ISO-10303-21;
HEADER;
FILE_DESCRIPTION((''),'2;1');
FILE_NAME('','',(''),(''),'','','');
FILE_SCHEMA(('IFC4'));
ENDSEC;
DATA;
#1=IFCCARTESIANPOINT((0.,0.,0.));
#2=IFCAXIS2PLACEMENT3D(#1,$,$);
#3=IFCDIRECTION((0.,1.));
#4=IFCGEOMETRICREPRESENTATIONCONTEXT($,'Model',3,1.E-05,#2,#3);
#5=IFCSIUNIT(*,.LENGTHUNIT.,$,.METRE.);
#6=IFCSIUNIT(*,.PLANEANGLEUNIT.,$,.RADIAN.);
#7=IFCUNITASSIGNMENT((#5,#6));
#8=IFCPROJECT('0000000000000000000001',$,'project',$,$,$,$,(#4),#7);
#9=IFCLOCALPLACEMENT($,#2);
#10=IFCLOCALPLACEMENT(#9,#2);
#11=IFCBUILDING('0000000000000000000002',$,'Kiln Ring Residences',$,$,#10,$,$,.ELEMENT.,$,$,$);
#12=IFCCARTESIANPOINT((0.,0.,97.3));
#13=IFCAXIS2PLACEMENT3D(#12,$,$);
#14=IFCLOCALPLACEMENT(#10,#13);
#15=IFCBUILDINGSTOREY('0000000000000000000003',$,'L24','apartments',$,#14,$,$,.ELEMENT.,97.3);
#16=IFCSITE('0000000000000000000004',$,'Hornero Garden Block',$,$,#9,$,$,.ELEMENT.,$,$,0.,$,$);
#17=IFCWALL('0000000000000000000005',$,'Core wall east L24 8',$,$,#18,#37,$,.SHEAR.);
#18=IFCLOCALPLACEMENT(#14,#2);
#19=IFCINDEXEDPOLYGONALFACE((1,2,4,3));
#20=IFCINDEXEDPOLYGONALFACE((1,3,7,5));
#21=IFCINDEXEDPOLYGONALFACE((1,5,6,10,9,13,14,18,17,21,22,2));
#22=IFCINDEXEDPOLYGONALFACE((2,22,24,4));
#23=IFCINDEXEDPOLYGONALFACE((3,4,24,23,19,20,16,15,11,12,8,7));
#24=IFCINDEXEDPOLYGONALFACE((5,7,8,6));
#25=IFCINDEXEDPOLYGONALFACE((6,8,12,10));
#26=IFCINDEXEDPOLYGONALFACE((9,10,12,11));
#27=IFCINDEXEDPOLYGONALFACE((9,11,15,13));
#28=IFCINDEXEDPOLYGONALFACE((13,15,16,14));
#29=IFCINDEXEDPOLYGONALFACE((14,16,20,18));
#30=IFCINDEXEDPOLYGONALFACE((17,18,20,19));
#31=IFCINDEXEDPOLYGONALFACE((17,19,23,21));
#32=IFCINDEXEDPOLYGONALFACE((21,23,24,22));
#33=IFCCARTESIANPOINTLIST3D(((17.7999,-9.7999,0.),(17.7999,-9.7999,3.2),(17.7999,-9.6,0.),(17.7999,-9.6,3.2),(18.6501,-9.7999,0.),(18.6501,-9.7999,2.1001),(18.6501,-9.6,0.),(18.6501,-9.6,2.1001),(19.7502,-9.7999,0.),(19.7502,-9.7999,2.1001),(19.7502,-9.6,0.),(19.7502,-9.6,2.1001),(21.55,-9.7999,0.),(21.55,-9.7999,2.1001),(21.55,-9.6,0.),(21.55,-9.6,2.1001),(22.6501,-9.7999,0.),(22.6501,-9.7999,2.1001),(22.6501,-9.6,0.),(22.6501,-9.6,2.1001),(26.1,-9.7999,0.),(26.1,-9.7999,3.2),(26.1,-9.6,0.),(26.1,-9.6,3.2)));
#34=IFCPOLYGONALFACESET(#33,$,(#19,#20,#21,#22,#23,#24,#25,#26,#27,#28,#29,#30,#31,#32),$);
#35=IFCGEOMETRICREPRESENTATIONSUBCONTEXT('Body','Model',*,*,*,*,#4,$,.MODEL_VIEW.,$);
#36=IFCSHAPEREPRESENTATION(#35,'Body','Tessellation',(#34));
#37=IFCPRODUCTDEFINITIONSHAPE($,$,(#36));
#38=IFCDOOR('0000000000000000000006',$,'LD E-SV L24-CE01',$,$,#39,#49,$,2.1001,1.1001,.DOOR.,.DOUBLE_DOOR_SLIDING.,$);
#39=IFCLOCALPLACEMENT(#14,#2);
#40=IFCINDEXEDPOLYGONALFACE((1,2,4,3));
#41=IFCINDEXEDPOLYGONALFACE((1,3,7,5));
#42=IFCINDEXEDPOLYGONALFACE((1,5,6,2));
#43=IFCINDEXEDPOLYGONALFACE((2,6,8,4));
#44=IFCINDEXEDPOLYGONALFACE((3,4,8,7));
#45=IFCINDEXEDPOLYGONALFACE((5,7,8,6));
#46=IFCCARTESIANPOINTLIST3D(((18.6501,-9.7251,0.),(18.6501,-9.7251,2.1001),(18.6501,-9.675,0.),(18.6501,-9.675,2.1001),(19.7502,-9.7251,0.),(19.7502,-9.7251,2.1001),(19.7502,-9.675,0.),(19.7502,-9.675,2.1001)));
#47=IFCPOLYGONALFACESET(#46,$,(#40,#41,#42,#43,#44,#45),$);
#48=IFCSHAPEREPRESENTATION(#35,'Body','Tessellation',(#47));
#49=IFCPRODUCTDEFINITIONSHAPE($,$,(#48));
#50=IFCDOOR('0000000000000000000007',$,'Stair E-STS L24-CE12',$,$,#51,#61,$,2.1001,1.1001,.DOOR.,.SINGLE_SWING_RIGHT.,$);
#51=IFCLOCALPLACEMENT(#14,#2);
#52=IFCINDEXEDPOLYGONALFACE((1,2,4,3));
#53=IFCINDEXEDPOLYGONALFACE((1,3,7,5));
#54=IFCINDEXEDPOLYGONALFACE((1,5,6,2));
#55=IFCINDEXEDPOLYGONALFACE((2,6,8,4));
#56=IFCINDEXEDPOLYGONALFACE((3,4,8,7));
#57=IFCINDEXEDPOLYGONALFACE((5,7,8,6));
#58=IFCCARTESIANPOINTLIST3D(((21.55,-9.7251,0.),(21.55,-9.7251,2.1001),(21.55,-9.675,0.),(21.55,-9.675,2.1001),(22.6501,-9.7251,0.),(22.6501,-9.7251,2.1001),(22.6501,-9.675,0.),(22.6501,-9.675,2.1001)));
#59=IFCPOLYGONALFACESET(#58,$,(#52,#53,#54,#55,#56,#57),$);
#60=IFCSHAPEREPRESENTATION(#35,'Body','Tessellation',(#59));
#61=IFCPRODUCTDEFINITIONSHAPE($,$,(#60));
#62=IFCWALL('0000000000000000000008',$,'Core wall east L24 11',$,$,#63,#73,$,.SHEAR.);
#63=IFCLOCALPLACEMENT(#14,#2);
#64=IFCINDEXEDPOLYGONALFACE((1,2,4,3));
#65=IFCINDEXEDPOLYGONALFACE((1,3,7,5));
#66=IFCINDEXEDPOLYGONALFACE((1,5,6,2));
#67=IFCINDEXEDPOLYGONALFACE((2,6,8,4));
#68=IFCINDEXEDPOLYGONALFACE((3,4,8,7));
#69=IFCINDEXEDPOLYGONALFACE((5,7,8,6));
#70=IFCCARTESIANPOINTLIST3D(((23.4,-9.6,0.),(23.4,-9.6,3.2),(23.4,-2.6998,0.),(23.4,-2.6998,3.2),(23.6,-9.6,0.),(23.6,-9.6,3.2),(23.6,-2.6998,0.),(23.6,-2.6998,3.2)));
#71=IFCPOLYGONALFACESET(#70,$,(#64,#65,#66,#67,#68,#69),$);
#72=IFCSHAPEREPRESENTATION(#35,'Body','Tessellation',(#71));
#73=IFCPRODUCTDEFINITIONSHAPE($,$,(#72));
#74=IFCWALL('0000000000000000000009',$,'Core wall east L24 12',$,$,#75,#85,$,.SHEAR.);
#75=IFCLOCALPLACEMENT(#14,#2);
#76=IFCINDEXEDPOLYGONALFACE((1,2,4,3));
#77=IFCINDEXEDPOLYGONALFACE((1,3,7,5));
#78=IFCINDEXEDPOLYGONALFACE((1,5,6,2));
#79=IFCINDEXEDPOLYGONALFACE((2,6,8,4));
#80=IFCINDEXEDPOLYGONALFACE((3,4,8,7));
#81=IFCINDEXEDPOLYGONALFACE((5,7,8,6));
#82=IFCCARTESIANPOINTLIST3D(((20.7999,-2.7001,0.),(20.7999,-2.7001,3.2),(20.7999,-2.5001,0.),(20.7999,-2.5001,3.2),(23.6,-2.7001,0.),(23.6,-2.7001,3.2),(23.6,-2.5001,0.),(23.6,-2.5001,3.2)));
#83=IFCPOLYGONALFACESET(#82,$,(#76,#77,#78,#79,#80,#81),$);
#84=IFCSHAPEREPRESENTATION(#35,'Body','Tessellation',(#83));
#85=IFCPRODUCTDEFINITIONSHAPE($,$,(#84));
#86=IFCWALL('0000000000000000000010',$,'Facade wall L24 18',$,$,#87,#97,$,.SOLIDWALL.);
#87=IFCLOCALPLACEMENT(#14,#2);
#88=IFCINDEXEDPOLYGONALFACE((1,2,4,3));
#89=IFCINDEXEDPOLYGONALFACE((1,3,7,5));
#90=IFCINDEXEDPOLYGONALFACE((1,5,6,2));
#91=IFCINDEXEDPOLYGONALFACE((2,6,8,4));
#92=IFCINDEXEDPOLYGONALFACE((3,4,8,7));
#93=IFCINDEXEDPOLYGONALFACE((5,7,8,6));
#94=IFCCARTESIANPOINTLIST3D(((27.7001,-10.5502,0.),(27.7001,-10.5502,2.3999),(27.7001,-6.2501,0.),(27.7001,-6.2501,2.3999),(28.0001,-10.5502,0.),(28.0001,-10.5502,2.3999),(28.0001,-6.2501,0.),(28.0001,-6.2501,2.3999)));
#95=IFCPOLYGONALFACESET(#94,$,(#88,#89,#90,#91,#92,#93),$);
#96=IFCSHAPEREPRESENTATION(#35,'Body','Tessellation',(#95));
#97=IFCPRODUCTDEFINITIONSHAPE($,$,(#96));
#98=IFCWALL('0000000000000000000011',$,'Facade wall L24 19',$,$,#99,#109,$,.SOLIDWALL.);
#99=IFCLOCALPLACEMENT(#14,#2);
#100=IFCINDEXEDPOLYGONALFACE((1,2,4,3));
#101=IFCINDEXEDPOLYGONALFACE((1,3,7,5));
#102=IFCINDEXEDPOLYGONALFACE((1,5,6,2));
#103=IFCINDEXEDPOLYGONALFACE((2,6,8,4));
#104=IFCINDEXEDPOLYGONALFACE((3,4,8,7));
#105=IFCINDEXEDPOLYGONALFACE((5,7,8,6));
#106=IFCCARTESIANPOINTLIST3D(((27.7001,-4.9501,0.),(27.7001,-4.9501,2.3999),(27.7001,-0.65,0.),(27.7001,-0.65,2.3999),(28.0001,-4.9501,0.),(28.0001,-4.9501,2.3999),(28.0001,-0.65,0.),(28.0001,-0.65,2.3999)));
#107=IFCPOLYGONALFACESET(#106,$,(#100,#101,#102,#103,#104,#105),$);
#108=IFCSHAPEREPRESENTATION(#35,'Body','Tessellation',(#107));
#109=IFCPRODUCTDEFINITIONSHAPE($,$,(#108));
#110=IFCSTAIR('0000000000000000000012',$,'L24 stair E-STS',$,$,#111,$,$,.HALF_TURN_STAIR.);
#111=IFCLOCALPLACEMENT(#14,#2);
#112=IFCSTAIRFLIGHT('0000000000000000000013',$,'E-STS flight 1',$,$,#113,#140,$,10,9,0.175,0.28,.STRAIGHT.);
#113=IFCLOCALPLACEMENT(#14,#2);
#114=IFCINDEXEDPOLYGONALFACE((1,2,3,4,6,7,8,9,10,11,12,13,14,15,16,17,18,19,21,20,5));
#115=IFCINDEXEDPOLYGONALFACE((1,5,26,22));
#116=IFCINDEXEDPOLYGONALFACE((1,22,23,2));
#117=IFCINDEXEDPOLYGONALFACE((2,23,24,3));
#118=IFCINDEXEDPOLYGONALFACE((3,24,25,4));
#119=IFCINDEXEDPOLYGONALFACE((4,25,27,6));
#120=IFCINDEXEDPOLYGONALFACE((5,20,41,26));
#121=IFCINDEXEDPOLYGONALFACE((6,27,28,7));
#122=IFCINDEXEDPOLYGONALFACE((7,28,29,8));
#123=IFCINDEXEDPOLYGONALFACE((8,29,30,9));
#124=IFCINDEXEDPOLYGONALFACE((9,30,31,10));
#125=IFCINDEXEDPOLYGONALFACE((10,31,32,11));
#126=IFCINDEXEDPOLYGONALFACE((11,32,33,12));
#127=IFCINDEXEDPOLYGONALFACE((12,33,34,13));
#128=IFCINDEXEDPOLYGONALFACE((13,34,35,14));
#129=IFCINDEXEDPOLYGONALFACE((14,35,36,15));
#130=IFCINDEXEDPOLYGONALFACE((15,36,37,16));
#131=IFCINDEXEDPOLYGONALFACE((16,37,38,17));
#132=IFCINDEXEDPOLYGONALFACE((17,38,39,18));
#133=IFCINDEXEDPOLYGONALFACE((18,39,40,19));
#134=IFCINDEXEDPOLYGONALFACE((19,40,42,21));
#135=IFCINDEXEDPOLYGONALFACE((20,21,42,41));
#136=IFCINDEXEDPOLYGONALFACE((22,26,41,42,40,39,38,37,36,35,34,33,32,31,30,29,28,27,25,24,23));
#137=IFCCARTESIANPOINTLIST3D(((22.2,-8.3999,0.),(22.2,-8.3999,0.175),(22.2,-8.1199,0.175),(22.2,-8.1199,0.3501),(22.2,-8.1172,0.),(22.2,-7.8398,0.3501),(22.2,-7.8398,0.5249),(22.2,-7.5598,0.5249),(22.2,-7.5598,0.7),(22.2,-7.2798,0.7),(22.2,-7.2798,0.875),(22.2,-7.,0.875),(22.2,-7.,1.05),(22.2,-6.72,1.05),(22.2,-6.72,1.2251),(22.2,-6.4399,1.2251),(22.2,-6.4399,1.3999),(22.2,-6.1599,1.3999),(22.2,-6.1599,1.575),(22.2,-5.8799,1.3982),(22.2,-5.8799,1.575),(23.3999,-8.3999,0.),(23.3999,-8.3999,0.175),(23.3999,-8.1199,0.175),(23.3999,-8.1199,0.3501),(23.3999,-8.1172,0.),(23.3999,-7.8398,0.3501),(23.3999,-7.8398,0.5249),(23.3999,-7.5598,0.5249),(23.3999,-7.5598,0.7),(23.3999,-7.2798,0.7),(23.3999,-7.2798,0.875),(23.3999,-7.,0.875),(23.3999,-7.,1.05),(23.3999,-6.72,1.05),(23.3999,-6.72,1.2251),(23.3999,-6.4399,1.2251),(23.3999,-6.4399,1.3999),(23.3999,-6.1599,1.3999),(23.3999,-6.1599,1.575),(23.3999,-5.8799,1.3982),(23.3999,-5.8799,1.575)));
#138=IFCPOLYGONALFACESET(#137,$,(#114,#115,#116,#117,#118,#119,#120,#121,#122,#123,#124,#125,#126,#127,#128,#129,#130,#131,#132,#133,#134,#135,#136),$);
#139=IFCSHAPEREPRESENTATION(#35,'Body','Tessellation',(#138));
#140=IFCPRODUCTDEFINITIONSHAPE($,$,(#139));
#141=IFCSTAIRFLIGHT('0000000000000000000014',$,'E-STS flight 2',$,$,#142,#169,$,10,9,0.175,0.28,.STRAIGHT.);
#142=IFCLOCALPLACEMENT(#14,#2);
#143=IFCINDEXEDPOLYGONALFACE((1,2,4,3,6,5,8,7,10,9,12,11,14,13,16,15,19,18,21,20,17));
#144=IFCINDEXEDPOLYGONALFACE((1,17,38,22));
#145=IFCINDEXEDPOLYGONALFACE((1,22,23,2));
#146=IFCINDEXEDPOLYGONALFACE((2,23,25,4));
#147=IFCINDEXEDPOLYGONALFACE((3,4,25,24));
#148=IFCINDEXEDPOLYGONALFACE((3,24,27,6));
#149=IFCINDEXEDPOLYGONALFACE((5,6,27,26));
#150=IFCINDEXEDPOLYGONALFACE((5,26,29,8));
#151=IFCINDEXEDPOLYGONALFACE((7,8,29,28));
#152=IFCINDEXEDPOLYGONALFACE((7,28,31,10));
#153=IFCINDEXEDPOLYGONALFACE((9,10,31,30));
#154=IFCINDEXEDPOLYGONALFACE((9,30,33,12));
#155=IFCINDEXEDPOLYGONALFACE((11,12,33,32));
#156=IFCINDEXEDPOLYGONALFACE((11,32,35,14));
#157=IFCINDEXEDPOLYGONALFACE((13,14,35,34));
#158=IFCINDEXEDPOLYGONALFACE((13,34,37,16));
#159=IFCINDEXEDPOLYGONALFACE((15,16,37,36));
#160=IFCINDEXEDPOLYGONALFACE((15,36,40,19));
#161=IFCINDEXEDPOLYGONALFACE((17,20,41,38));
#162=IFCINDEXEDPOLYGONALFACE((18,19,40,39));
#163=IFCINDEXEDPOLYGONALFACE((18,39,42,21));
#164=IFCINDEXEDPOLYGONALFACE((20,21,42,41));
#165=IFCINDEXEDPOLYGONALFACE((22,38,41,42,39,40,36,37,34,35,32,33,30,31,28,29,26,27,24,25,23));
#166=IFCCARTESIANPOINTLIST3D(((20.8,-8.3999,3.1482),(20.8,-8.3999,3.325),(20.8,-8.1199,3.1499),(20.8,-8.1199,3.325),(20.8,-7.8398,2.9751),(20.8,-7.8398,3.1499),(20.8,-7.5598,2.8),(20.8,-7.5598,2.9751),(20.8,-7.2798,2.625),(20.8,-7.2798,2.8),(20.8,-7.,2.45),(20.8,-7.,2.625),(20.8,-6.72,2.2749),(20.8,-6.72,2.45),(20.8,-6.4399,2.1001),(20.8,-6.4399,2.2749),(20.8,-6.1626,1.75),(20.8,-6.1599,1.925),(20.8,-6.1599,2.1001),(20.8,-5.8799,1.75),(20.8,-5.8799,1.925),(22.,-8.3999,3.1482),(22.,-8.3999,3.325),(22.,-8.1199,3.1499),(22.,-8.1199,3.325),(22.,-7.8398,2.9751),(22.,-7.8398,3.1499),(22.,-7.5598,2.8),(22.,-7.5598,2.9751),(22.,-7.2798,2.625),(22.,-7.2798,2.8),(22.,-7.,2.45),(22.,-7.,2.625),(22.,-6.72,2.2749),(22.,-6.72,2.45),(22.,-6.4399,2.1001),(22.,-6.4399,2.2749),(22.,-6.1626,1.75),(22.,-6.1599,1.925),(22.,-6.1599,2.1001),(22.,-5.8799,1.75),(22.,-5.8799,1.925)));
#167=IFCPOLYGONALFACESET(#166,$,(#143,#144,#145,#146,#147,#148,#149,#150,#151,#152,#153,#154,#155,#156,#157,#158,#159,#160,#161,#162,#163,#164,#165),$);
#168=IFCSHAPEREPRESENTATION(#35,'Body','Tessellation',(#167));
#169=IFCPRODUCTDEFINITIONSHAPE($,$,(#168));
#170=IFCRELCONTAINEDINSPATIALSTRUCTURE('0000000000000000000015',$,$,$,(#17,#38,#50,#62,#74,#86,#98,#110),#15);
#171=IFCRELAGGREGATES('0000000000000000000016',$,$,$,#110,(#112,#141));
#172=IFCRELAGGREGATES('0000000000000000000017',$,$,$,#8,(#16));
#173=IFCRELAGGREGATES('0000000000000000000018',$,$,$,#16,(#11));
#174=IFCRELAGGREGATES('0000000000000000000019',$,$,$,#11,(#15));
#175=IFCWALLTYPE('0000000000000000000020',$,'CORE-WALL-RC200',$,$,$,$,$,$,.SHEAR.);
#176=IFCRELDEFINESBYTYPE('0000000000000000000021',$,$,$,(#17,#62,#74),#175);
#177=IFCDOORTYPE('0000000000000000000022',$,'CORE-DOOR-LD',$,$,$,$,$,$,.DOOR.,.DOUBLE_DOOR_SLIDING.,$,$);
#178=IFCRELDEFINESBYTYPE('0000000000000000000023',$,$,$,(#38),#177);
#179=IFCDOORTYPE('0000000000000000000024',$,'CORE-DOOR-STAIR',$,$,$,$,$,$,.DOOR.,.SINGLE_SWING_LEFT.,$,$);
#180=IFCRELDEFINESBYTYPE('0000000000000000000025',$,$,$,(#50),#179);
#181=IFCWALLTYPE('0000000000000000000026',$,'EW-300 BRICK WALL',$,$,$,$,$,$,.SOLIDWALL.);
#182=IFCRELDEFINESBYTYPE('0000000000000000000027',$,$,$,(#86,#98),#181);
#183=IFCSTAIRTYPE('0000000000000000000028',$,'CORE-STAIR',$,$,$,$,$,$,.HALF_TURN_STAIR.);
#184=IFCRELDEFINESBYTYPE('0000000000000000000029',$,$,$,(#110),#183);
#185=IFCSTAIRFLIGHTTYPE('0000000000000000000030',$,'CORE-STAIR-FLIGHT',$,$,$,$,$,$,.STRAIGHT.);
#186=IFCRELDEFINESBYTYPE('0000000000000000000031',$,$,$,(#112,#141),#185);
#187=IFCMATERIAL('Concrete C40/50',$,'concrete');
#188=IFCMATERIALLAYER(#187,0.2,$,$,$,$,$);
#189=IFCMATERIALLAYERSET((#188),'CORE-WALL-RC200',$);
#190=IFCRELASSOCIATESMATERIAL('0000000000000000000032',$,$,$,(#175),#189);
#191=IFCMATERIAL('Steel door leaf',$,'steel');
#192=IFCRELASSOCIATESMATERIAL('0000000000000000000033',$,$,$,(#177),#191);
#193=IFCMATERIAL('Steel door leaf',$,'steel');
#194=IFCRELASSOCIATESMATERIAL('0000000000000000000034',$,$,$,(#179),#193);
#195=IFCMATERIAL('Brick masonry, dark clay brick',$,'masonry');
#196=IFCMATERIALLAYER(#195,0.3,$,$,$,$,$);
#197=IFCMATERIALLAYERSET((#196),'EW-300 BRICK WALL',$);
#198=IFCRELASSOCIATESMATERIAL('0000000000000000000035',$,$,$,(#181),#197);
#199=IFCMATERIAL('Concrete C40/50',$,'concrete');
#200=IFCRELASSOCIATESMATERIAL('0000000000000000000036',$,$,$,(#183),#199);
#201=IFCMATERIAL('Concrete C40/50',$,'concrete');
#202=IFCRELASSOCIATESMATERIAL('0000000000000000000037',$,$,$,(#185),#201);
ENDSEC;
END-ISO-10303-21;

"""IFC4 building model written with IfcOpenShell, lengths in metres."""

from ifc_helpers import new_model, si_unit, direction, frame, frame_2d, origin, place, context, subcontext, project, spatial, polyline, rectangle, outline, extrude, material, layer, layer_set, type_object, element, fill, aggregate, save


model = new_model("IFC4")

# Units and contexts
model_context = context("Model", 3, precision=1e-05, world=origin(), true_north=direction((0.0, 1.0)))
body_context = subcontext(model_context, "Body", "Model", "MODEL_VIEW")
ifc_project = project(units=[si_unit("LENGTHUNIT", "METRE"), si_unit("PLANEANGLEUNIT", "RADIAN")], contexts=[model_context])

# Site, building, storey
site_placement = place(None, origin())
site = spatial("IfcSite", under=ifc_project, at=site_placement, Name="Hornero Garden Block", CompositionType="ELEMENT", RefElevation=0.0)
building_placement = place(site_placement, origin())
building = spatial("IfcBuilding", under=site, at=building_placement, Name="Kiln Ring Residences", CompositionType="ELEMENT")
storey_placement = place(building_placement, frame((0.0, 0.0, 97.3)))
storey = spatial("IfcBuildingStorey", under=building, at=storey_placement, Name="L24", Description="apartments", CompositionType="ELEMENT", Elevation=97.3)

# Shared definitions
ifc_material_1 = material(Name="Concrete C40/50", Category="concrete")
ifc_layer_1 = layer(ifc_material_1, 0.2)
ifc_layer_set_1 = layer_set([ifc_layer_1], Name="CORE-WALL-RC200")
wall_type_1 = type_object("IfcWallType", Name="CORE-WALL-RC200", PredefinedType="SHEAR", material=ifc_layer_set_1)

# Wall, openings, doors
wall_1_placement = place(storey_placement, frame((17.8, -9.7, 0.0), z_axis=(0.0, 0.0, 1.0), x_axis=(1.0, 0.0, 0.0)))
wall_1 = element("IfcWall", 1, at=wall_1_placement, inside=storey, type_object=wall_type_1, Name="Core wall east L24 8", PredefinedType="SHEAR", context=body_context, shape_type="SweptSolid", body=[
    extrude(rectangle(XDim=8.3, YDim=0.2, at=frame_2d((4.1499, 0.0))), origin(), (0.0, 0.0, 1.0), 3.2),
])
opening_1_placement = place(wall_1_placement, frame((0.8501, 0.0, 0.0)))
opening_1 = element("IfcOpeningElement", 2, at=opening_1_placement, cuts=wall_1, PredefinedType="OPENING", context=body_context, shape_type="SweptSolid", body=[
    extrude(rectangle(XDim=1.1001, YDim=2.1001, at=frame_2d((0.55, 1.05))), frame((0.0, 0.1099, 0.0), z_axis=(0.0, -1.0, 0.0), x_axis=(1.0, 0.0, 0.0)), (0.0, 0.0, 1.0), 0.22),
])
opening_2_placement = place(wall_1_placement, frame((3.75, 0.0, 0.0)))
opening_2 = element("IfcOpeningElement", 3, at=opening_2_placement, cuts=wall_1, PredefinedType="OPENING", context=body_context, shape_type="SweptSolid", body=[
    extrude(rectangle(XDim=1.1001, YDim=2.1001, at=frame_2d((0.55, 1.05))), frame((0.0, 0.1099, 0.0), z_axis=(0.0, -1.0, 0.0), x_axis=(1.0, 0.0, 0.0)), (0.0, 0.0, 1.0), 0.22),
])
ifc_material_2 = material(Name="Steel door leaf", Category="steel")
door_type_1 = type_object("IfcDoorType", Name="CORE-DOOR-LD", OperationType="DOUBLE_DOOR_SLIDING", PredefinedType="DOOR", material=ifc_material_2)
door_1_placement = place(opening_1_placement, origin())
door_1 = element("IfcDoor", 4, at=door_1_placement, inside=storey, type_object=door_type_1, Name="LD E-SV L24-CE01", OperationType="DOUBLE_DOOR_SLIDING", OverallHeight=2.1001, OverallWidth=1.1001, PredefinedType="DOOR", context=body_context, shape_type="SweptSolid", body=[
    extrude(rectangle(XDim=1.1001, YDim=2.1001, at=frame_2d((0.55, 1.05))), frame((0.0, 0.0249, 0.0), z_axis=(0.0, -1.0, 0.0), x_axis=(1.0, 0.0, 0.0)), (0.0, 0.0, 1.0), 0.05),
])
fill(opening_1, door_1)
ifc_material_3 = material(Name="Steel door leaf", Category="steel")
door_type_2 = type_object("IfcDoorType", Name="CORE-DOOR-STAIR", OperationType="SINGLE_SWING_LEFT", PredefinedType="DOOR", material=ifc_material_3)
door_2_placement = place(opening_2_placement, origin())
door_2 = element("IfcDoor", 5, at=door_2_placement, inside=storey, type_object=door_type_2, Name="Stair E-STS L24-CE12", OperationType="SINGLE_SWING_RIGHT", OverallHeight=2.1001, OverallWidth=1.1001, PredefinedType="DOOR", context=body_context, shape_type="SweptSolid", body=[
    extrude(rectangle(XDim=1.1001, YDim=2.1001, at=frame_2d((0.55, 1.05))), frame((0.0, 0.0249, 0.0), z_axis=(0.0, -1.0, 0.0), x_axis=(1.0, 0.0, 0.0)), (0.0, 0.0, 1.0), 0.05),
])
fill(opening_2, door_2)

# Walls
wall_2_placement = place(storey_placement, frame((23.5, -9.6001, 0.0), z_axis=(0.0, 0.0, 1.0), x_axis=(0.0, 1.0, 0.0)))
element("IfcWall", 6, at=wall_2_placement, inside=storey, type_object=wall_type_1, Name="Core wall east L24 11", PredefinedType="SHEAR", context=body_context, shape_type="SweptSolid", body=[
    extrude(rectangle(XDim=6.9001, YDim=0.2, at=frame_2d((3.4502, 0.0))), origin(), (0.0, 0.0, 1.0), 3.2),
])
wall_3_placement = place(storey_placement, frame((20.8, -2.6001, 0.0), z_axis=(0.0, 0.0, 1.0), x_axis=(1.0, 0.0, 0.0)))
element("IfcWall", 7, at=wall_3_placement, inside=storey, type_object=wall_type_1, Name="Core wall east L24 12", PredefinedType="SHEAR", context=body_context, shape_type="SweptSolid", body=[
    extrude(rectangle(XDim=2.8, YDim=0.2, at=frame_2d((1.3999, 0.0))), origin(), (0.0, 0.0, 1.0), 3.2),
])
ifc_material_4 = material(Name="Brick masonry, dark clay brick", Category="masonry")
ifc_layer_2 = layer(ifc_material_4, 0.3)
ifc_layer_set_2 = layer_set([ifc_layer_2], Name="EW-300 BRICK WALL")
wall_type_2 = type_object("IfcWallType", Name="EW-300 BRICK WALL", PredefinedType="SOLIDWALL", material=ifc_layer_set_2)
for number, where, z_axis, x_axis, name in (
    (8, (27.8501, -10.55, 0.0), (0.0, 0.0, 1.0), (0.0, 1.0, 0.0), "Facade wall L24 18"),
    (9, (27.8501, -4.95, 0.0), (0.0, 0.0, 1.0), (0.0, 1.0, 0.0), "Facade wall L24 19"),
):
    element("IfcWall", number, at=place(storey_placement, frame(where, z_axis=z_axis, x_axis=x_axis)), inside=storey, type_object=wall_type_2, Name=name, PredefinedType="SOLIDWALL", context=body_context, shape_type="SweptSolid", body=[
        extrude(rectangle(XDim=4.3, YDim=0.3, at=frame_2d((2.1499, 0.0))), origin(), (0.0, 0.0, 1.0), 2.3999),
    ])

# Stair, stair flights
ifc_material_5 = material(Name="Concrete C40/50", Category="concrete")
stair_type = type_object("IfcStairType", Name="CORE-STAIR", PredefinedType="HALF_TURN_STAIR", material=ifc_material_5)
stair_placement = place(storey_placement, origin())
stair = element("IfcStair", 10, at=stair_placement, inside=storey, type_object=stair_type, Name="L24 stair E-STS", PredefinedType="HALF_TURN_STAIR")
ifc_material_6 = material(Name="Concrete C40/50", Category="concrete")
stair_flight_type = type_object("IfcStairFlightType", Name="CORE-STAIR-FLIGHT", PredefinedType="STRAIGHT", material=ifc_material_6)
stair_flight_1_placement = place(storey_placement, frame((22.8, -8.3999, 0.0), z_axis=(0.0, 0.0, 1.0), x_axis=(0.0, 1.0, 0.0)))
stair_flight_1 = element("IfcStairFlight", 11, at=stair_flight_1_placement, type_object=stair_flight_type, Name="E-STS flight 1", NumberOfRisers=10, NumberOfTreads=9, PredefinedType="STRAIGHT", RiserHeight=0.175, TreadLength=0.28, context=body_context, shape_type="SweptSolid", body=[
    extrude(outline(polyline([(0.0, 0.0), (0.0, 0.175), (0.28, 0.175), (0.28, 0.3501), (0.5601, 0.3501), (0.5601, 0.5249), (0.8401, 0.5249), (0.8401, 0.7), (1.1201, 0.7), (1.1201, 0.875), (1.3999, 0.875), (1.3999, 1.05), (1.6799, 1.05), (1.6799, 1.2251), (1.96, 1.2251), (1.96, 1.3999), (2.24, 1.3999), (2.24, 1.575), (2.52, 1.575), (2.52, 1.75), (2.52, 1.3982), (0.2827, 0.0), (0.0, 0.0)])), frame((0.0, 0.6001, 0.0), z_axis=(0.0, -1.0, 0.0), x_axis=(1.0, 0.0, 0.0)), (0.0, 0.0, 1.0), 1.2),
])
stair_flight_2_placement = place(storey_placement, frame((21.3999, -5.8799, 1.75), z_axis=(0.0, 0.0, 1.0), x_axis=(0.0, -1.0, 0.0)))
stair_flight_2 = element("IfcStairFlight", 12, at=stair_flight_2_placement, type_object=stair_flight_type, Name="E-STS flight 2", NumberOfRisers=10, NumberOfTreads=9, PredefinedType="STRAIGHT", RiserHeight=0.175, TreadLength=0.28, context=body_context, shape_type="SweptSolid", body=[
    extrude(outline(polyline([(0.0, 0.0), (0.0, 0.175), (0.28, 0.175), (0.28, 0.3501), (0.5601, 0.3501), (0.5601, 0.5249), (0.8401, 0.5249), (0.8401, 0.7), (1.1201, 0.7), (1.1201, 0.875), (1.3999, 0.875), (1.3999, 1.05), (1.6799, 1.05), (1.6799, 1.2251), (1.96, 1.2251), (1.96, 1.3999), (2.24, 1.3999), (2.24, 1.575), (2.52, 1.575), (2.52, 1.75), (2.52, 1.3982), (0.2827, 0.0), (0.0, 0.0)])), frame((0.0, 0.6001, 0.0), z_axis=(0.0, -1.0, 0.0), x_axis=(1.0, 0.0, 0.0)), (0.0, 0.0, 1.0), 1.2),
])
aggregate(stair, [stair_flight_1, stair_flight_2])

save(model, "model.ifc")
